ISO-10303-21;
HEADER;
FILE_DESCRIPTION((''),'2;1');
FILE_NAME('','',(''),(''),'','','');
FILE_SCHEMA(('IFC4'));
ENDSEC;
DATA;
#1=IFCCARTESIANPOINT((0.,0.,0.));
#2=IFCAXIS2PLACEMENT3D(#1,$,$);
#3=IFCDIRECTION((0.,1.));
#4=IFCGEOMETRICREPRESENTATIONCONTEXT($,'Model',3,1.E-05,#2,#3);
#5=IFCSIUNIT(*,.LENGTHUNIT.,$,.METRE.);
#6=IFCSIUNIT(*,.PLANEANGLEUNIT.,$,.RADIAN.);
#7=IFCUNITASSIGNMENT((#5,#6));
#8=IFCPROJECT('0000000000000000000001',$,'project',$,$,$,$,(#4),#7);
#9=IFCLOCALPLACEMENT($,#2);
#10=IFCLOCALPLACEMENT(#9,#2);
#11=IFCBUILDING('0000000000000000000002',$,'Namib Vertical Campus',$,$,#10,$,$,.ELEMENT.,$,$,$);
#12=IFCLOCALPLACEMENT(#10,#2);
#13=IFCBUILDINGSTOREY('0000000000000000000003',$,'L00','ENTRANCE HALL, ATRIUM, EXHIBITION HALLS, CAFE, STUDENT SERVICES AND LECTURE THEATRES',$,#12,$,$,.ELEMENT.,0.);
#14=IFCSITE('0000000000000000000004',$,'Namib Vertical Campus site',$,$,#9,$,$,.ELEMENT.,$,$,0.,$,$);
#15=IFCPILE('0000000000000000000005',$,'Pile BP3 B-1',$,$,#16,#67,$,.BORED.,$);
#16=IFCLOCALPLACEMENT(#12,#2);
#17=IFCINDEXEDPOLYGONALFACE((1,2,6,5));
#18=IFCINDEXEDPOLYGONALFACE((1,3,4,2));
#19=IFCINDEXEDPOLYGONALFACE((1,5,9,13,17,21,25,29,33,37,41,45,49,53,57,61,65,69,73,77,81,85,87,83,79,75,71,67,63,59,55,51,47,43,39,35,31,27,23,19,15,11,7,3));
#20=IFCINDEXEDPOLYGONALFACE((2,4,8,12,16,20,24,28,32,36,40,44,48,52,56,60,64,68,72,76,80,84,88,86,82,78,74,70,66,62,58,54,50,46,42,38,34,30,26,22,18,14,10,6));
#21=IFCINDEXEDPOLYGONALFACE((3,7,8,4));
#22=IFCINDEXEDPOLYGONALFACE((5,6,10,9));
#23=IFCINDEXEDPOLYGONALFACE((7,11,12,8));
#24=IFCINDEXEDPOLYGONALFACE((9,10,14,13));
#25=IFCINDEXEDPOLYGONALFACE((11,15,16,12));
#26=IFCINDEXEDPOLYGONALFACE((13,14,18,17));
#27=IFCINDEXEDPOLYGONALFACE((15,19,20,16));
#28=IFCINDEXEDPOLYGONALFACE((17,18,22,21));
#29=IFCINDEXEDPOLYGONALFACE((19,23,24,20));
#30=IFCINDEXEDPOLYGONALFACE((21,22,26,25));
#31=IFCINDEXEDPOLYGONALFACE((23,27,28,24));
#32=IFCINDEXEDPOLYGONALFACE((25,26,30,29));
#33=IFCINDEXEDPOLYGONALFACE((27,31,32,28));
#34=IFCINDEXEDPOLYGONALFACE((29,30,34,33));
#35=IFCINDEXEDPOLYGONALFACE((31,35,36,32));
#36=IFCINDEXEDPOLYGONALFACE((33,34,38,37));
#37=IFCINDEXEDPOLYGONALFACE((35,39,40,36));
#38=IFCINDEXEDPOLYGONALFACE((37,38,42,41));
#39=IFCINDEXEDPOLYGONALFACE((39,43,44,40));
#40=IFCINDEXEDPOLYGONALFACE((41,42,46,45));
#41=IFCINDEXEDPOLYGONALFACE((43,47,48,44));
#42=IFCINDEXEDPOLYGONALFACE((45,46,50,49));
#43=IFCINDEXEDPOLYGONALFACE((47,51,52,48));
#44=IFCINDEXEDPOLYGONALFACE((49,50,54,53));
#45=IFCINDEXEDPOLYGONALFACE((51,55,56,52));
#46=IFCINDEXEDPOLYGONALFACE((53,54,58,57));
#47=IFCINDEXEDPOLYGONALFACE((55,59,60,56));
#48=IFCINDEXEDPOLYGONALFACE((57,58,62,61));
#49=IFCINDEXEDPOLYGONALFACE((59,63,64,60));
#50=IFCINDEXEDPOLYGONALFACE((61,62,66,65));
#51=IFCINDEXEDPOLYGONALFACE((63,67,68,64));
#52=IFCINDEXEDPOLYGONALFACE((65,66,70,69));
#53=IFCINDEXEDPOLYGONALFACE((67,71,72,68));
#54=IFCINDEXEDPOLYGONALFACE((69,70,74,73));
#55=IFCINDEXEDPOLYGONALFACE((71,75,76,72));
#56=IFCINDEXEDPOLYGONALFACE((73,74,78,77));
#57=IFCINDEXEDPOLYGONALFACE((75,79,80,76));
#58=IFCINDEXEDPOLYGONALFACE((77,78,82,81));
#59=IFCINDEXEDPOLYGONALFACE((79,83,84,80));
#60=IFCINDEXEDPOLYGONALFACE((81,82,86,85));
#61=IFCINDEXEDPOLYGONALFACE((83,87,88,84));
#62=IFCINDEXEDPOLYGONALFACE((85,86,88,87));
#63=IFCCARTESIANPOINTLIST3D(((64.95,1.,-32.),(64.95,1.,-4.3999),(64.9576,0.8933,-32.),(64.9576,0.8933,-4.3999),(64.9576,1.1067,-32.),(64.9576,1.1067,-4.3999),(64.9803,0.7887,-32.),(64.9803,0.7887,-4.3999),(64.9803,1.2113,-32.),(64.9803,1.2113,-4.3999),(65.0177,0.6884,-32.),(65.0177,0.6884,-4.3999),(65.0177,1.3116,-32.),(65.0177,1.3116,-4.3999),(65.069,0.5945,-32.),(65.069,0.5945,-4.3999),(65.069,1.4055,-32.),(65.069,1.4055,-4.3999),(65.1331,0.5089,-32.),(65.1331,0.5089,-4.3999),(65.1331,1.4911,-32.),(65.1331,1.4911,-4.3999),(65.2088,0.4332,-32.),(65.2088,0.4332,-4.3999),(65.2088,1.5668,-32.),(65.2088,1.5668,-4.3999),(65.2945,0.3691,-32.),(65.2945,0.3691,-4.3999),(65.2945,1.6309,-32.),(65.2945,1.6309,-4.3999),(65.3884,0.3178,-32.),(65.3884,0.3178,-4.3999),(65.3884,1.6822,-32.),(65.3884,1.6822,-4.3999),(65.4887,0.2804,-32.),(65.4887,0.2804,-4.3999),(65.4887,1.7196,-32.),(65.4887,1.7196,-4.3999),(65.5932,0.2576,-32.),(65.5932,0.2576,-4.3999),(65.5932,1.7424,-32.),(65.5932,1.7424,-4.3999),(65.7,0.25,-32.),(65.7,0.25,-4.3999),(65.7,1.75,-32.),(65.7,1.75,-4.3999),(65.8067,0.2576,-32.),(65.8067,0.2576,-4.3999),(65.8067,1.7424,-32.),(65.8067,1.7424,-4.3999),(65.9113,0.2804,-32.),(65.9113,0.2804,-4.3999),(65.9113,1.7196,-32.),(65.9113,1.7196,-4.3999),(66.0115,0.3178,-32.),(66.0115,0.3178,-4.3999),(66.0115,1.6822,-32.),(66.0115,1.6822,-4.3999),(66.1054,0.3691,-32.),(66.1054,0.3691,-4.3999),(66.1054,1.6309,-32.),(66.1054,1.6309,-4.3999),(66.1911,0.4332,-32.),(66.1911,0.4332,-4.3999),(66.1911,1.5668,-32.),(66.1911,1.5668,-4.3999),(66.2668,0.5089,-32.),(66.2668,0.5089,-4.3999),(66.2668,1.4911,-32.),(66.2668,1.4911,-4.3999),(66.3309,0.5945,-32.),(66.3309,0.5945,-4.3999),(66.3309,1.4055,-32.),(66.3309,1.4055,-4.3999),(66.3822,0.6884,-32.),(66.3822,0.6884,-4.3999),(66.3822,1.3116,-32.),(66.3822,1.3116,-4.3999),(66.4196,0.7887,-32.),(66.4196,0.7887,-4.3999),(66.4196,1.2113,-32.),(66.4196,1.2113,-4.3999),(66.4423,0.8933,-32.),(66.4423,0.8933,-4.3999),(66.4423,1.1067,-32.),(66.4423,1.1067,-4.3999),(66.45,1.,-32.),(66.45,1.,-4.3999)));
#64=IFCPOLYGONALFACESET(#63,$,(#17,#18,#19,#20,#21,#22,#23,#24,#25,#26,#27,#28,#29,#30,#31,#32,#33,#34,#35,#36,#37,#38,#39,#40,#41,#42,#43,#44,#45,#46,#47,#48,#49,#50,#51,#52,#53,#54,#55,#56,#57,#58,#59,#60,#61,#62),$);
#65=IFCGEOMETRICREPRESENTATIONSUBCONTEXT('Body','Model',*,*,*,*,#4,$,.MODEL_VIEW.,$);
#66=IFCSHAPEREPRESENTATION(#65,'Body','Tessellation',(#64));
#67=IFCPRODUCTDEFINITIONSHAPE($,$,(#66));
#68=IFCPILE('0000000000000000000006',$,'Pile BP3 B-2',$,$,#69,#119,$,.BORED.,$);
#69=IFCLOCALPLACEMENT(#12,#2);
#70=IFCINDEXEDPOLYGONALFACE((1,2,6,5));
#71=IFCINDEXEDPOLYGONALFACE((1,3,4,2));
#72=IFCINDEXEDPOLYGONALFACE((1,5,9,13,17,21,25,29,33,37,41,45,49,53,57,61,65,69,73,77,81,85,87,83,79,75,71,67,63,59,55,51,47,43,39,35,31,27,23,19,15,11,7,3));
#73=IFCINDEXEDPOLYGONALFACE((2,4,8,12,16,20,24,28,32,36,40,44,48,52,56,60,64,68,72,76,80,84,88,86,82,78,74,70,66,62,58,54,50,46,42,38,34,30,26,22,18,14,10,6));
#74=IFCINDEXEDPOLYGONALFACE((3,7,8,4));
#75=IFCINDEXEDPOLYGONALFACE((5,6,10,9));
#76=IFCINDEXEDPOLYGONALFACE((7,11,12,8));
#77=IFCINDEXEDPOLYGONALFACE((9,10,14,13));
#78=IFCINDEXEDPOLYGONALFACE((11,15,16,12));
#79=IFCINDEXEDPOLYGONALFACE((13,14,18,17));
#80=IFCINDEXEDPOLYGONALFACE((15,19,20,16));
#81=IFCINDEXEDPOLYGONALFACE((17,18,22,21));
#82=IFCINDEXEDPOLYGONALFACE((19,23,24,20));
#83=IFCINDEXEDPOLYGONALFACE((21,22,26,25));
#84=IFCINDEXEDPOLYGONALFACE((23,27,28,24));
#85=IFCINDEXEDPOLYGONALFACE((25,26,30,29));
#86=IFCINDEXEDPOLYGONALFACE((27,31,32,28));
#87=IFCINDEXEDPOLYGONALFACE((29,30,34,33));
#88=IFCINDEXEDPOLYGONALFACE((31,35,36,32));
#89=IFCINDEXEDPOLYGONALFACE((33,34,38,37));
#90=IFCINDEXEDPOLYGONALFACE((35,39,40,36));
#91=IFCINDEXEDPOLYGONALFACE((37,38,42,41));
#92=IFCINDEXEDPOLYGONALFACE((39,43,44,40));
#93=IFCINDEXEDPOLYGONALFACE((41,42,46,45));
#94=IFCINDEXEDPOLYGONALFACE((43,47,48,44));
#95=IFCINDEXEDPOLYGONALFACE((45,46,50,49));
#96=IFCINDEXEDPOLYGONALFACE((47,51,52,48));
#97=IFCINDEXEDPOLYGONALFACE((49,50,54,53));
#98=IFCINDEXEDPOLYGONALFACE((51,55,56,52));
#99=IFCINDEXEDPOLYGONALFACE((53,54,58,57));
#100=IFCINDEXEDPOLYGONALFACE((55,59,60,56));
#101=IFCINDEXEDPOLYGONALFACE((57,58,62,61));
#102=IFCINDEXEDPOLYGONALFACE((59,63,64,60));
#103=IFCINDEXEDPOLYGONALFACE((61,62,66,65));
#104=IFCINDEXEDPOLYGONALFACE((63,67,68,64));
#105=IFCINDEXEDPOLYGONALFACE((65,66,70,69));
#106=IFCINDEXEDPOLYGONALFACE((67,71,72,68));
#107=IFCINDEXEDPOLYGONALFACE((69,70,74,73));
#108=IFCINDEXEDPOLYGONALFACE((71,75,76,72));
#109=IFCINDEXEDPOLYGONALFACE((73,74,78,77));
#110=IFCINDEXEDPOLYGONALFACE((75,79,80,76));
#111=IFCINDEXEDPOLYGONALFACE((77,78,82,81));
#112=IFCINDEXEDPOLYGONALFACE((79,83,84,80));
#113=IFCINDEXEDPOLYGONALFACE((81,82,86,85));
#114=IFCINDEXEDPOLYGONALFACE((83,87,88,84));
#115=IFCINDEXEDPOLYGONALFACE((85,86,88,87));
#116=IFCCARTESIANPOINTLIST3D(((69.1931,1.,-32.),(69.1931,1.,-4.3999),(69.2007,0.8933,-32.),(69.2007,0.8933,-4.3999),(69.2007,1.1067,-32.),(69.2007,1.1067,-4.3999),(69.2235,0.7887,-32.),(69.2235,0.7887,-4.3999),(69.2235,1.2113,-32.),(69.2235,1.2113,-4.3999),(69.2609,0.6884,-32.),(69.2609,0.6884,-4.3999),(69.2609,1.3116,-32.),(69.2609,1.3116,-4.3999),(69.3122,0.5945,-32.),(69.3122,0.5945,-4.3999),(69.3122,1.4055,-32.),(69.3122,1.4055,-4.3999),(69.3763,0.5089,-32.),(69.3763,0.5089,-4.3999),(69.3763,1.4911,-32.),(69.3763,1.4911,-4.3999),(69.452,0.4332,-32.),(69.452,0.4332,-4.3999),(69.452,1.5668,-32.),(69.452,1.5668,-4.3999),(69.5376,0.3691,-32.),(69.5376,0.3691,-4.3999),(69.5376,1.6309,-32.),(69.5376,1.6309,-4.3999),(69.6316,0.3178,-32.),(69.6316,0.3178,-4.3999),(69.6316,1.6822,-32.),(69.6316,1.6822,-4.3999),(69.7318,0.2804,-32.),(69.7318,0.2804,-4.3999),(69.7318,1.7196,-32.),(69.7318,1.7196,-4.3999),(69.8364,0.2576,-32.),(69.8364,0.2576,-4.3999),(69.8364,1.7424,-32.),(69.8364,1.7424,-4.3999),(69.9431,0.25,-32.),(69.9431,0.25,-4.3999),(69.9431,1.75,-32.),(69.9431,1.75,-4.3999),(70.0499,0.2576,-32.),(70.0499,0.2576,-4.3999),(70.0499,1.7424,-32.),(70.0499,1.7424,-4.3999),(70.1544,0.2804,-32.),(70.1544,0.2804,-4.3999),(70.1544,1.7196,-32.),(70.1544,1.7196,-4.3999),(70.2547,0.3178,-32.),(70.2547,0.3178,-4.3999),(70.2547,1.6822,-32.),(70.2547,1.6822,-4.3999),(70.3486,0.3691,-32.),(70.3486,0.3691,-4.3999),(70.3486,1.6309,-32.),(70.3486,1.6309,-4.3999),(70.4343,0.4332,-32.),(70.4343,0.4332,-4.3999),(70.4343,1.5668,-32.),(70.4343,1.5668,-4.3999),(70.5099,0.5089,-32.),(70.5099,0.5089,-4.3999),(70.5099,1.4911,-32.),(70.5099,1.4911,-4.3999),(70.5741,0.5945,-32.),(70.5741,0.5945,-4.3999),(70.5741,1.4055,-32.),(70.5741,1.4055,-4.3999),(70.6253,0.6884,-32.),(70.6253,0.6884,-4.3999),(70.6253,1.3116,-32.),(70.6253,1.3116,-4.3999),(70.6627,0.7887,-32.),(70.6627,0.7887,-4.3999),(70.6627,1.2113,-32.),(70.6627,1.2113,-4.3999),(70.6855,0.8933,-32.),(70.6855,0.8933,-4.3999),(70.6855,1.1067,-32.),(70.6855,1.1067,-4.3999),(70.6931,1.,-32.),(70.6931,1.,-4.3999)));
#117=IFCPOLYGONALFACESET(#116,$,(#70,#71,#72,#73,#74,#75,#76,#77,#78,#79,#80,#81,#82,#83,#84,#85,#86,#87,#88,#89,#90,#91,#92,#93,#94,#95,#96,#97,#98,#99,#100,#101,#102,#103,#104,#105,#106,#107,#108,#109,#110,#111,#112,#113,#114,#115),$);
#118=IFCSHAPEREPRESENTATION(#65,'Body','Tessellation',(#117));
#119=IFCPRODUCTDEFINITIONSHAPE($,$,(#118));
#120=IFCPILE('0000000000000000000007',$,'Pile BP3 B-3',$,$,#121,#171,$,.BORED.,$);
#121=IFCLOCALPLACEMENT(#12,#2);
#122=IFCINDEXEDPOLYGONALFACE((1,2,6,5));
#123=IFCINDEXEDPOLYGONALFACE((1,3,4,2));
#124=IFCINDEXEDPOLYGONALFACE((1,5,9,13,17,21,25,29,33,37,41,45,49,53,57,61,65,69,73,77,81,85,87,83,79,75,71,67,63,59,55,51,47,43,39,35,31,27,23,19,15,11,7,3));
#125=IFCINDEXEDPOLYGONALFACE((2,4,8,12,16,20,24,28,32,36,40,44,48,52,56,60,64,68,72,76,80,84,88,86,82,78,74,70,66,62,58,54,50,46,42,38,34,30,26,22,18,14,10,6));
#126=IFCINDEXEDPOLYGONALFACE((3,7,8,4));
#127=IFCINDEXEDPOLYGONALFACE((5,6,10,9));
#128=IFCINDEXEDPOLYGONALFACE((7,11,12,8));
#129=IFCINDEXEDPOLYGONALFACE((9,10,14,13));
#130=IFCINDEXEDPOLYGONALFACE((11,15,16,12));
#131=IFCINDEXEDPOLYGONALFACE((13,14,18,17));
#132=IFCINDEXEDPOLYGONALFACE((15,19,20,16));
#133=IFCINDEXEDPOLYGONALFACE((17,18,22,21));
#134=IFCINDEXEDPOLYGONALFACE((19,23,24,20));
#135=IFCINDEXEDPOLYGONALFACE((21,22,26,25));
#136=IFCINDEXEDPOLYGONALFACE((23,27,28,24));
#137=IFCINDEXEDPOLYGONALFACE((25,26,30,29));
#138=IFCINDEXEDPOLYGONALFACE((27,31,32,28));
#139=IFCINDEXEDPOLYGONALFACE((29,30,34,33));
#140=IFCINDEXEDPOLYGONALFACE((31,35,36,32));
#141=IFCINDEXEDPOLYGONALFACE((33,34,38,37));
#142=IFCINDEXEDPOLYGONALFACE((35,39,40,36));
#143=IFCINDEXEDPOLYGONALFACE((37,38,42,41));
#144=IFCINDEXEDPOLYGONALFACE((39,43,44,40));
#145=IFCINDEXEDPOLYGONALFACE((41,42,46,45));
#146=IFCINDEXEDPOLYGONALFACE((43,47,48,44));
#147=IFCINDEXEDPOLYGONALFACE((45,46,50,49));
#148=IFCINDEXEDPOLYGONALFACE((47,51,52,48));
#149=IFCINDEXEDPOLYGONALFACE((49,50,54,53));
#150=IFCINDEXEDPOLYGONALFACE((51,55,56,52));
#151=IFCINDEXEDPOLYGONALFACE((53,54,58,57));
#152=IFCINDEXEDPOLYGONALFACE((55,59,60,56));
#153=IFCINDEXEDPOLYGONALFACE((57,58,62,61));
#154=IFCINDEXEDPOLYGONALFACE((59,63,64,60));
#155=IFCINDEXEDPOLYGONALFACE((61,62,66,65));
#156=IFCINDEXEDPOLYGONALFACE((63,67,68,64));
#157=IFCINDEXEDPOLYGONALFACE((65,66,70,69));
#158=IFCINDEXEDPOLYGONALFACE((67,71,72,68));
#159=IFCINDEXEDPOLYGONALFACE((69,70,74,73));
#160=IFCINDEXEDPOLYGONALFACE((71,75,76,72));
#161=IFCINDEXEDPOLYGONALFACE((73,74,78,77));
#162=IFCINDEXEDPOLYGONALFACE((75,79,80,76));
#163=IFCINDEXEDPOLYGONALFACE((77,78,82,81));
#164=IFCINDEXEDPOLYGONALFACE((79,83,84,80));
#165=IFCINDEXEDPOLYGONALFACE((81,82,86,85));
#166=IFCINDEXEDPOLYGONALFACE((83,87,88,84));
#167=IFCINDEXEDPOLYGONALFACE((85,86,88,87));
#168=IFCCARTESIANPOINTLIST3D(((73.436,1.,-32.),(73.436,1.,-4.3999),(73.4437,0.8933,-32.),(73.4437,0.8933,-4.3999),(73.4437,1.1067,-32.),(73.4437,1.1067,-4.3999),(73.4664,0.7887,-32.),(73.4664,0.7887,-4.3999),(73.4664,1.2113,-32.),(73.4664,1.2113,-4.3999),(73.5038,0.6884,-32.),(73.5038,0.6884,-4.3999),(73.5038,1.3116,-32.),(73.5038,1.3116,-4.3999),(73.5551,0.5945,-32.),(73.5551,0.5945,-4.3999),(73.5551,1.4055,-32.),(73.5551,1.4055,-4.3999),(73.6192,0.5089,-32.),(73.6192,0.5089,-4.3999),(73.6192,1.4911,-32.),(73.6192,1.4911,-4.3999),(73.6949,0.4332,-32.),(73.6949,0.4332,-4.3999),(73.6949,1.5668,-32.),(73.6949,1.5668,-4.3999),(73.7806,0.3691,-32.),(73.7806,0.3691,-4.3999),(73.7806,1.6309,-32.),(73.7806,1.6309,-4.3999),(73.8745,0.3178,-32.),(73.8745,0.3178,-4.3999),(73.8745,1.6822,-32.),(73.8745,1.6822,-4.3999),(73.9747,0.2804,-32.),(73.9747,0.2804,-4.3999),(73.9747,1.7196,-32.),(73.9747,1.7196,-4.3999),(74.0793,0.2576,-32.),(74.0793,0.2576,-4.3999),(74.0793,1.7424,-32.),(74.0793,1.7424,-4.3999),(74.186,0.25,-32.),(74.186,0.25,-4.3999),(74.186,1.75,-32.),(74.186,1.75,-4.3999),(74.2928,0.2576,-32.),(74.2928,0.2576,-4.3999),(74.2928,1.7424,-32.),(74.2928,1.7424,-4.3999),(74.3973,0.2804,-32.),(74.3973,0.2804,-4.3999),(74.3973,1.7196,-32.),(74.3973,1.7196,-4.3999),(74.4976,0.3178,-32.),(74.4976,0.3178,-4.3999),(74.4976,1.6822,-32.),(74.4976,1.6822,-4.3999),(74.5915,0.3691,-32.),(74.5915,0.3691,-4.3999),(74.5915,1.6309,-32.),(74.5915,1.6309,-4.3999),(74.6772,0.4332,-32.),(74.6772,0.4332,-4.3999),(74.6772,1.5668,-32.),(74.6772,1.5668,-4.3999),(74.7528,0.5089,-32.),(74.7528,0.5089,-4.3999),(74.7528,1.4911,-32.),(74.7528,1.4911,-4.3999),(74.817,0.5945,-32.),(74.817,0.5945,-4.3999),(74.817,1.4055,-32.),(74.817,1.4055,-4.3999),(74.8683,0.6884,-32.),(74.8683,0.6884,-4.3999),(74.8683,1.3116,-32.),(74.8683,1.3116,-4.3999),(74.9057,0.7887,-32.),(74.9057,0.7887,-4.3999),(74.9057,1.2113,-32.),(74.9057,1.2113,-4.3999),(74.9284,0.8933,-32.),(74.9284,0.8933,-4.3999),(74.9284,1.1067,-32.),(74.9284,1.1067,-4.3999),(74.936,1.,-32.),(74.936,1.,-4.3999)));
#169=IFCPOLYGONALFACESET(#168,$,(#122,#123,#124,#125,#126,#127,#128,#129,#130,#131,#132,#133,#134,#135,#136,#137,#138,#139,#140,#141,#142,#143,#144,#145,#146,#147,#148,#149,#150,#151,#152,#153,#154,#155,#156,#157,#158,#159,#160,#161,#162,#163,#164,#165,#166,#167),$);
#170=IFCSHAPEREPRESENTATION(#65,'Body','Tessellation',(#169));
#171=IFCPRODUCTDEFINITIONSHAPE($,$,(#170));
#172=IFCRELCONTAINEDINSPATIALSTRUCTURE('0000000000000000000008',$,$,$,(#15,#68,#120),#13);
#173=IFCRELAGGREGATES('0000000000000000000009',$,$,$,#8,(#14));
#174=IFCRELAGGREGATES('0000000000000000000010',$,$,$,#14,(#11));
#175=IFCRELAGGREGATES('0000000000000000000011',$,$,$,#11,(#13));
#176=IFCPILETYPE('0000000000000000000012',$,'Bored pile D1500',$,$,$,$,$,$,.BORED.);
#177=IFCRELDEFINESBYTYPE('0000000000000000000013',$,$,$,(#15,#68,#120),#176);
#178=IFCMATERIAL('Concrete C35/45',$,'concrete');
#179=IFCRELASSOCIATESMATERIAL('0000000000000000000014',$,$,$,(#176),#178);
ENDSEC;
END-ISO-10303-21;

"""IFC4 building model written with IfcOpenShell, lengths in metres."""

from ifc_helpers import new_model, si_unit, direction, frame, origin, origin_2d, place, context, subcontext, project, spatial, circle, extrude, material, material_profile, profile_set, type_object, element, save


model = new_model("IFC4")

# Units and contexts
model_context = context("Model", 3, precision=1e-05, world=origin(), true_north=direction((0.0, 1.0)))
body_context = subcontext(model_context, "Body", "Model", "MODEL_VIEW")
ifc_project = project(units=[si_unit("LENGTHUNIT", "METRE"), si_unit("PLANEANGLEUNIT", "RADIAN")], contexts=[model_context])

# Site, building, storey
site_placement = place(None, origin())
site = spatial("IfcSite", under=ifc_project, at=site_placement, Name="Namib Vertical Campus site", CompositionType="ELEMENT", RefElevation=0.0)
building_placement = place(site_placement, origin())
building = spatial("IfcBuilding", under=site, at=building_placement, Name="Namib Vertical Campus", CompositionType="ELEMENT")
storey_placement = place(building_placement, origin())
storey = spatial("IfcBuildingStorey", under=building, at=storey_placement, Name="L00", Description="ENTRANCE HALL, ATRIUM, EXHIBITION HALLS, CAFE, STUDENT SERVICES AND LECTURE THEATRES", CompositionType="ELEMENT", Elevation=0.0)

# Piles
ifc_material_1 = material(Name="Concrete C35/45", Category="concrete")
ifc_material_profile_1 = material_profile(ifc_material_1, circle(Radius=0.75, at=origin_2d()))
ifc_profile_set_1 = profile_set([ifc_material_profile_1], Name="Concrete C35/45")
pile_type = type_object("IfcPileType", Name="Bored pile D1500", PredefinedType="BORED", material=ifc_profile_set_1)
for number, where, z_axis, x_axis, name in (
    (1, (65.7, 1.0, -4.3999), (0.0, 0.0, -1.0), (1.0, 0.0, 0.0), "Pile BP3 B-1"),
    (2, (69.9431, 1.0, -4.3999), (0.0, 0.0, -1.0), (1.0, 0.0, 0.0), "Pile BP3 B-2"),
    (3, (74.186, 1.0, -4.3999), (0.0, 0.0, -1.0), (1.0, 0.0, 0.0), "Pile BP3 B-3"),
):
    element("IfcPile", number, at=place(storey_placement, frame(where, z_axis=z_axis, x_axis=x_axis)), inside=storey, type_object=pile_type, Name=name, PredefinedType="BORED", context=body_context, shape_type="SweptSolid", body=[
        extrude(circle(Radius=0.75, at=origin_2d()), origin(), (0.0, 0.0, 1.0), 27.6001),
    ])

save(model, "model.ifc")
